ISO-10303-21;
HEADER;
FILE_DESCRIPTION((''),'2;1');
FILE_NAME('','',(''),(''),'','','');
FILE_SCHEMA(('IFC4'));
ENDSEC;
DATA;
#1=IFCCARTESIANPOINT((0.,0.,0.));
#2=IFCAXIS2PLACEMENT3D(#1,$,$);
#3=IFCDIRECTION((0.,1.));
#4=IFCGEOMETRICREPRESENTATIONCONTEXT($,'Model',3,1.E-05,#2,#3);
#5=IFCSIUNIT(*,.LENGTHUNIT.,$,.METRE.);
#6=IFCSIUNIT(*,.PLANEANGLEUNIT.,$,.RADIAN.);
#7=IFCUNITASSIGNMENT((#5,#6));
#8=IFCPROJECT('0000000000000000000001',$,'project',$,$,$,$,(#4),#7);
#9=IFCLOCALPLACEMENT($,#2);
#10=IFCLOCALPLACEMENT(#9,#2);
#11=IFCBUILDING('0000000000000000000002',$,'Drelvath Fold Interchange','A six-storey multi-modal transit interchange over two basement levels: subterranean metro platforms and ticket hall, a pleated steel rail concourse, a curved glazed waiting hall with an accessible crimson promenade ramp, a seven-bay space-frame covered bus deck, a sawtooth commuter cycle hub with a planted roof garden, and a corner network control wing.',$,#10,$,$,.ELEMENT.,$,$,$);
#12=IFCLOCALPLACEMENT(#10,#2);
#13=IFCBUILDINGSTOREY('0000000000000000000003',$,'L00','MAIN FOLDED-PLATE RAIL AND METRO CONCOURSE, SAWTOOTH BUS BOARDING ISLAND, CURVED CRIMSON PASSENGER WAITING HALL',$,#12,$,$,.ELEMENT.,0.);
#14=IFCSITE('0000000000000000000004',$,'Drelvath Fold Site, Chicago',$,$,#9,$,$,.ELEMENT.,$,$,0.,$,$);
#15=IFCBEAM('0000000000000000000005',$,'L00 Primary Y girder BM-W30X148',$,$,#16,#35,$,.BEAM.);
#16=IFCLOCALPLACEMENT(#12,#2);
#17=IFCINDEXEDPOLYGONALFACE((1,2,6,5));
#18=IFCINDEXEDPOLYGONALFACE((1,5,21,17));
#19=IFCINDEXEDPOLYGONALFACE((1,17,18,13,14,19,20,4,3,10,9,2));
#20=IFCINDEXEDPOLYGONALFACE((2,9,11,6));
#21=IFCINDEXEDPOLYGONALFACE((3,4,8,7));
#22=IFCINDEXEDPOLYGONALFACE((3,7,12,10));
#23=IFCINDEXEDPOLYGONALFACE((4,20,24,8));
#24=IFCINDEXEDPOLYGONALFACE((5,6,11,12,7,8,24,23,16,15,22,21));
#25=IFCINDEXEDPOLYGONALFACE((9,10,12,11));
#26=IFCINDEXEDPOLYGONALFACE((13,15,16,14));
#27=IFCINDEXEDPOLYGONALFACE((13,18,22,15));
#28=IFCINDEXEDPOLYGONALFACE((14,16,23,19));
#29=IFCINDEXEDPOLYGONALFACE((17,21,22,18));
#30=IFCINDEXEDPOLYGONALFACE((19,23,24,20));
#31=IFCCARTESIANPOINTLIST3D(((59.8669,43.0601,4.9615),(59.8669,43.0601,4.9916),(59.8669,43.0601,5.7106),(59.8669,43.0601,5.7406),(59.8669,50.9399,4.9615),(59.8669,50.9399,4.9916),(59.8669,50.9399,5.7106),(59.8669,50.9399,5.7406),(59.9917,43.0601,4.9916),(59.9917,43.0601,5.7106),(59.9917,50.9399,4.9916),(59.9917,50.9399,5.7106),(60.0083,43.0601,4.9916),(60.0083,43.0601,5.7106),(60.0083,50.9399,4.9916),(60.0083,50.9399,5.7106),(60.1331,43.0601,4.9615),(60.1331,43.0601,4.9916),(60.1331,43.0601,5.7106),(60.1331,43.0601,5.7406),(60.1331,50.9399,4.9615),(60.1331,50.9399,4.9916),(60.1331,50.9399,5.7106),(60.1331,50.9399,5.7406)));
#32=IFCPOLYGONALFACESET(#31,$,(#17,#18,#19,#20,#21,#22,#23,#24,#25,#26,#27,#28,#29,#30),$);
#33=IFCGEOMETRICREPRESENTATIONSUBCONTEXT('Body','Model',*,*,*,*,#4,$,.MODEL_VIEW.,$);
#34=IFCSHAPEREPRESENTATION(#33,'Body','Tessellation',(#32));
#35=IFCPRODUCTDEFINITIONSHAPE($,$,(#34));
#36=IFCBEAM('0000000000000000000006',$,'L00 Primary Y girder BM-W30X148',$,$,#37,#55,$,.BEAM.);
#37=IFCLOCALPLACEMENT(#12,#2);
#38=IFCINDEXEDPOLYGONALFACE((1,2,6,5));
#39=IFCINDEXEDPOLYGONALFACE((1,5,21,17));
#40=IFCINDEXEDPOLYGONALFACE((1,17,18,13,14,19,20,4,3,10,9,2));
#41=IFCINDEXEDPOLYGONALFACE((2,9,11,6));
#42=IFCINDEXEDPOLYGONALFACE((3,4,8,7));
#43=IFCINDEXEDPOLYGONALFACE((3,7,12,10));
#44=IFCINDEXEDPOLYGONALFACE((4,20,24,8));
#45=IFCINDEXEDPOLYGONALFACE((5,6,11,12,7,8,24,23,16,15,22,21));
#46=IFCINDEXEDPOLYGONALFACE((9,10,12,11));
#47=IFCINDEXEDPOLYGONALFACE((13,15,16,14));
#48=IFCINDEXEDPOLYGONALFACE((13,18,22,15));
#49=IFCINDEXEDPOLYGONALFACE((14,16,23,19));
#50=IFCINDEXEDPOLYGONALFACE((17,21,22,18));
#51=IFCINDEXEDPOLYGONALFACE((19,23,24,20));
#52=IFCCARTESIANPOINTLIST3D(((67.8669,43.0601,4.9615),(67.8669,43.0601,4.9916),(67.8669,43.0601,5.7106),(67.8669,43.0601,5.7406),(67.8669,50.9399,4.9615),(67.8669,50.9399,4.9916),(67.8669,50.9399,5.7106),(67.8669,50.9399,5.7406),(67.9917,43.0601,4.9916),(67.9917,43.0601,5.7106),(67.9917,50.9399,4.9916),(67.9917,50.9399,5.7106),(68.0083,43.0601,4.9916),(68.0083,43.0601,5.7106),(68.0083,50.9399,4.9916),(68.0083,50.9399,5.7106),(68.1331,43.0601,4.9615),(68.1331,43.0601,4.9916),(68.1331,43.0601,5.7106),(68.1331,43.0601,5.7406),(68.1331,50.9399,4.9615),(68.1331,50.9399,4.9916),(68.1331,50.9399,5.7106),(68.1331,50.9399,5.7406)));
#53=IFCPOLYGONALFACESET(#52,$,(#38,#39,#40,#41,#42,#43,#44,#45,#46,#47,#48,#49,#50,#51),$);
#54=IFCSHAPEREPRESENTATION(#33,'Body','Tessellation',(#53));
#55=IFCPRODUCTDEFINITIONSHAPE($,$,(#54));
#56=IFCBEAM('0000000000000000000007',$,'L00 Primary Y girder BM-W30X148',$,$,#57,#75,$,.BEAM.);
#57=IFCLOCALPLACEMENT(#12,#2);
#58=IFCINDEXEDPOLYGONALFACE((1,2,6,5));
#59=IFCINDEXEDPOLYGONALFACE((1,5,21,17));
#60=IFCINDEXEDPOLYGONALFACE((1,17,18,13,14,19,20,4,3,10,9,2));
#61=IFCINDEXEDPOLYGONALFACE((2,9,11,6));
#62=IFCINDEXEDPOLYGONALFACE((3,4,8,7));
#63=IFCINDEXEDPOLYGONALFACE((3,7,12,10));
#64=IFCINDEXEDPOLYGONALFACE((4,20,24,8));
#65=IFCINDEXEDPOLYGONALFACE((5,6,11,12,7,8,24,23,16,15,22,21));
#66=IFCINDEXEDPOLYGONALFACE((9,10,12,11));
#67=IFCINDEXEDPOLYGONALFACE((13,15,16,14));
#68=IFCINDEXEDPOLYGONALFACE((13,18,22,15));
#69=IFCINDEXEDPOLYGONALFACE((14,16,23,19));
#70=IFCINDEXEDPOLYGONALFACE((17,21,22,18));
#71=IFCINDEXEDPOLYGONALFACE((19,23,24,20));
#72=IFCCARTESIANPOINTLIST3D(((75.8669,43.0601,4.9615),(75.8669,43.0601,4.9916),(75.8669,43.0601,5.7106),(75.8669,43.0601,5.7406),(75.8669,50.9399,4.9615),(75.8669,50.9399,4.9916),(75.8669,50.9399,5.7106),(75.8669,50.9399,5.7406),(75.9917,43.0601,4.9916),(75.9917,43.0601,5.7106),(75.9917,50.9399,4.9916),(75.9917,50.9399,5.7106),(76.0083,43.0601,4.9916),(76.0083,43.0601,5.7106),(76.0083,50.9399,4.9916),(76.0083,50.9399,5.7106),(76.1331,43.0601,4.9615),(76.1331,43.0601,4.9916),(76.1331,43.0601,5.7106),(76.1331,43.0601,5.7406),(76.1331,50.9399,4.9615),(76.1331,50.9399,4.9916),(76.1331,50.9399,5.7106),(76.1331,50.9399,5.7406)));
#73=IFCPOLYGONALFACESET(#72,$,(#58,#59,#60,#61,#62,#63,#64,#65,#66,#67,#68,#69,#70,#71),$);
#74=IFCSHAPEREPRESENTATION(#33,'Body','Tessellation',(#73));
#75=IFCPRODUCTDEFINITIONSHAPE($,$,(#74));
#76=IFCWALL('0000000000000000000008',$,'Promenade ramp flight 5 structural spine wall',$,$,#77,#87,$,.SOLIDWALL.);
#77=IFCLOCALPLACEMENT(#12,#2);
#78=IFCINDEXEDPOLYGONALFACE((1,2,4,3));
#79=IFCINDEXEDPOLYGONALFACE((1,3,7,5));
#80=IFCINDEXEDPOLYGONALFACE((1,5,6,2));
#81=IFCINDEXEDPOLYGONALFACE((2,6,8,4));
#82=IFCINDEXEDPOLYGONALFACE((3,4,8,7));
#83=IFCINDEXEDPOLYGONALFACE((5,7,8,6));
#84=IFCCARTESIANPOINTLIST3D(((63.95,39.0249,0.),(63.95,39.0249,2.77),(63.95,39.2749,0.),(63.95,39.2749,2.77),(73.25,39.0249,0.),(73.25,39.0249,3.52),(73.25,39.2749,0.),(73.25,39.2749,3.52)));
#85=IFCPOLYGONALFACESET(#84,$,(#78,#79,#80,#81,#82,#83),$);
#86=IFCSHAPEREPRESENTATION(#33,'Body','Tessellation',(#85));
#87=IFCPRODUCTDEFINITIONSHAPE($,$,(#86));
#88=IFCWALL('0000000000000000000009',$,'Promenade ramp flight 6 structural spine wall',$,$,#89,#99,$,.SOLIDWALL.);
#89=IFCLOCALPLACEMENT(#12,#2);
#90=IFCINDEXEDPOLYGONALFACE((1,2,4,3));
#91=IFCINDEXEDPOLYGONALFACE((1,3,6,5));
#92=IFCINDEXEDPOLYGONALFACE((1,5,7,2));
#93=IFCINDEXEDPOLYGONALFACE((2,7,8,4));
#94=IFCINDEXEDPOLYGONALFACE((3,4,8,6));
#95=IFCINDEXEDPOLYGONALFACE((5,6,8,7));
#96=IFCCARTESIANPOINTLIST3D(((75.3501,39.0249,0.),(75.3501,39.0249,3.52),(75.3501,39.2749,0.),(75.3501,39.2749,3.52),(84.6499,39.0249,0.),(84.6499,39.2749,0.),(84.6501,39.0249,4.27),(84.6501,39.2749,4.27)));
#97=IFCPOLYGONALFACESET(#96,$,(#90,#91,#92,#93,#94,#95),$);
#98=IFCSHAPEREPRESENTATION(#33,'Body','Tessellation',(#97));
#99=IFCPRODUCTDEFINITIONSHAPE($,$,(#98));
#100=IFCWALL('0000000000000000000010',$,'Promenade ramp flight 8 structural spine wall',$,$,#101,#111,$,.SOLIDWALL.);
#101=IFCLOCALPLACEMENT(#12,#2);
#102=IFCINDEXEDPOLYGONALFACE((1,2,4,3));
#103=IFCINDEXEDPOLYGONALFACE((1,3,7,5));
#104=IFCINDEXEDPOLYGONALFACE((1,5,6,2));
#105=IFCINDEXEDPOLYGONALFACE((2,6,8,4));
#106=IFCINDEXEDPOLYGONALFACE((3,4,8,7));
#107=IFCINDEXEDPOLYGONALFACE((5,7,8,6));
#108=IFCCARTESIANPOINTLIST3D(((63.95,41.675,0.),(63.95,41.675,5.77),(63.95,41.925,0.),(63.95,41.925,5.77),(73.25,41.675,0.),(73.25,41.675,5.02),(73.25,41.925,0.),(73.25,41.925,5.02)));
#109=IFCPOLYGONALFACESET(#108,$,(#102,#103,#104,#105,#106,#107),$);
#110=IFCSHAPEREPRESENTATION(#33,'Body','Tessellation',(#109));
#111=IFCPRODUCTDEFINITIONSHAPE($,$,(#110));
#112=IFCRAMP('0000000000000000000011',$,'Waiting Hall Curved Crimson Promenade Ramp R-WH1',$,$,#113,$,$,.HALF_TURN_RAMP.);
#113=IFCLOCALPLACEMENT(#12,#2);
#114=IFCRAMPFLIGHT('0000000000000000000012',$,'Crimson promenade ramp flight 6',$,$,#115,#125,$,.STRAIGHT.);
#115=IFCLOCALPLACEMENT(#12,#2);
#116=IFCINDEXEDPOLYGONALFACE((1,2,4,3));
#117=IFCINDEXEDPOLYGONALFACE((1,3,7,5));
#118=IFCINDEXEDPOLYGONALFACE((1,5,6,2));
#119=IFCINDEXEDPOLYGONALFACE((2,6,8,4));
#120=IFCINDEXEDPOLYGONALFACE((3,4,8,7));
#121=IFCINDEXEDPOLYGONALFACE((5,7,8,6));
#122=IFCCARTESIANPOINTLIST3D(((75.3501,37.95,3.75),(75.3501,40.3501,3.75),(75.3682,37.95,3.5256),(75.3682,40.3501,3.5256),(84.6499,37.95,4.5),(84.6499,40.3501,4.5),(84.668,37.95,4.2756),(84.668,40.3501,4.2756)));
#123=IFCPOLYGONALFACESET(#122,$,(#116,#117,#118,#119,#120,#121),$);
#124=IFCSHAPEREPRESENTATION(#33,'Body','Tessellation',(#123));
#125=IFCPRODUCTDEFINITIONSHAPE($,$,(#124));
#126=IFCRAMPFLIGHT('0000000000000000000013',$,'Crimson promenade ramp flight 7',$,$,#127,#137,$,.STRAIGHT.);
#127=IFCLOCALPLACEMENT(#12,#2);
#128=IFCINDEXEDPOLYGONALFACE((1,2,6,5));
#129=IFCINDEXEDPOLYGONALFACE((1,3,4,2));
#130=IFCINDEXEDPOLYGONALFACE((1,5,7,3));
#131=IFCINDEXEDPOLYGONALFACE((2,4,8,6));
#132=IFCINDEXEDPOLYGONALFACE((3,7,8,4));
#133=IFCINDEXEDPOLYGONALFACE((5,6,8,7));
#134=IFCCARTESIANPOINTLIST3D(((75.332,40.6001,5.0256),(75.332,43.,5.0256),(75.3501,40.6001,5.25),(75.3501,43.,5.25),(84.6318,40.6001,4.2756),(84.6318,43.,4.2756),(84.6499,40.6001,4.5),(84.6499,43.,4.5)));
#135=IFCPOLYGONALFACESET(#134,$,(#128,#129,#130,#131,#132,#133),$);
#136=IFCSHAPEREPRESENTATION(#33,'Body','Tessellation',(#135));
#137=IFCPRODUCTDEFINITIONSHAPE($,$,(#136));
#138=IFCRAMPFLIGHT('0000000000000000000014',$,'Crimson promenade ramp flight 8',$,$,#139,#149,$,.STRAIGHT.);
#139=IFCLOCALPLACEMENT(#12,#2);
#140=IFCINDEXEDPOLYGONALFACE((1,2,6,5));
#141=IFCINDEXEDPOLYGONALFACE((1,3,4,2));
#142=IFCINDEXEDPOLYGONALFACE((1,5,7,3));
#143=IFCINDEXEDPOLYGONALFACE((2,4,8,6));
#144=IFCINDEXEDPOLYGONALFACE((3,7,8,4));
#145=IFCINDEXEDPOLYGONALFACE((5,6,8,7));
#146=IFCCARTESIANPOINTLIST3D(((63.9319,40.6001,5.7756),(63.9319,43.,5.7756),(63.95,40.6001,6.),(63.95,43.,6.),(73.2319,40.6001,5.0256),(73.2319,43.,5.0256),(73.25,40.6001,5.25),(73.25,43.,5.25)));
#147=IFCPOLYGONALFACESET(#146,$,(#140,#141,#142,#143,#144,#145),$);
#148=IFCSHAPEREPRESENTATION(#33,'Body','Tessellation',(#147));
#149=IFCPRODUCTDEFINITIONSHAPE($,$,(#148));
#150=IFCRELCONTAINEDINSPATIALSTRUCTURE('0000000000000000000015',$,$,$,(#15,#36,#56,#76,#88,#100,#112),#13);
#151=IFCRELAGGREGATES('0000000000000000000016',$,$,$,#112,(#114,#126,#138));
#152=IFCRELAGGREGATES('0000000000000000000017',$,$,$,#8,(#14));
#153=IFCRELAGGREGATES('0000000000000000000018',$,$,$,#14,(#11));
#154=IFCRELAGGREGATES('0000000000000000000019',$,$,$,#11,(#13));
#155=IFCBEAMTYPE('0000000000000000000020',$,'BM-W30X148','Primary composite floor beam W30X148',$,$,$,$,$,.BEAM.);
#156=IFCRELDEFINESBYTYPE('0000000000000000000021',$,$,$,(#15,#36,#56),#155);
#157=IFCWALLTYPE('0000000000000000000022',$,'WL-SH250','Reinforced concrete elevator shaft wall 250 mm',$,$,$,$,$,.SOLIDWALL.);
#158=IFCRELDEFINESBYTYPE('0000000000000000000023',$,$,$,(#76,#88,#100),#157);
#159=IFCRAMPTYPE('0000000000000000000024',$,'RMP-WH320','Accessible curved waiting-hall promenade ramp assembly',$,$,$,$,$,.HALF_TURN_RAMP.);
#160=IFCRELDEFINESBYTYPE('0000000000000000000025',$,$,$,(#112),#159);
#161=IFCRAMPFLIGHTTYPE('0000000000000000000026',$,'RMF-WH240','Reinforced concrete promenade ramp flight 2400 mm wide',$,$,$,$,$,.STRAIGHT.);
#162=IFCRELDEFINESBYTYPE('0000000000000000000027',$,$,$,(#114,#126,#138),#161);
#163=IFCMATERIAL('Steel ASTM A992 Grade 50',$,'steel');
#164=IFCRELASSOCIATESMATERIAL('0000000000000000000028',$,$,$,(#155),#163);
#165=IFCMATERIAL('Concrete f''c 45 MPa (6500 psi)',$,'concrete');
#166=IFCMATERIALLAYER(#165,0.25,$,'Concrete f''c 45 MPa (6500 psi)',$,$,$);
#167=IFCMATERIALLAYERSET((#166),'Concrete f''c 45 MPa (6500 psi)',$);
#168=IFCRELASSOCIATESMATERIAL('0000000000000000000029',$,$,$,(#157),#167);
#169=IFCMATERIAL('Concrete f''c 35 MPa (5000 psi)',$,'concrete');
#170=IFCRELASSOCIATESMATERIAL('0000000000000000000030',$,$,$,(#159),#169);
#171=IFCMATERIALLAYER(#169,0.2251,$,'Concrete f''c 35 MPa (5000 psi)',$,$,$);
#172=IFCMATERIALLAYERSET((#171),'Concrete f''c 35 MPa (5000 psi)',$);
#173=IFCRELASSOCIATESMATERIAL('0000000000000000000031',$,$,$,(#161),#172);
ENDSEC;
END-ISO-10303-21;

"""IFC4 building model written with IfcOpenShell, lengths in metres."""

from ifc_helpers import new_model, si_unit, direction, frame, origin, origin_2d, place, context, subcontext, project, spatial, polyline, i_section, outline, extrude, material, layer, layer_set, material_profile, profile_set, type_object, element, aggregate, save


model = new_model("IFC4")

# Units and contexts
model_context = context("Model", 3, precision=1e-05, world=origin(), true_north=direction((0.0, 1.0)))
body_context = subcontext(model_context, "Body", "Model", "MODEL_VIEW")
ifc_project = project(units=[si_unit("LENGTHUNIT", "METRE"), si_unit("PLANEANGLEUNIT", "RADIAN")], contexts=[model_context])

# Site, building, storey
site_placement = place(None, origin())
site = spatial("IfcSite", under=ifc_project, at=site_placement, Name="Drelvath Fold Site, Chicago", CompositionType="ELEMENT", RefElevation=0.0)
building_placement = place(site_placement, origin())
building = spatial("IfcBuilding", under=site, at=building_placement, Name="Drelvath Fold Interchange", Description="A six-storey multi-modal transit interchange over two basement levels: subterranean metro platforms and ticket hall, a pleated steel rail concourse, a curved glazed waiting hall with an accessible crimson promenade ramp, a seven-bay space-frame covered bus deck, a sawtooth commuter cycle hub with a planted roof garden, and a corner network control wing.", CompositionType="ELEMENT")
storey_placement = place(building_placement, origin())
storey = spatial("IfcBuildingStorey", under=building, at=storey_placement, Name="L00", Description="MAIN FOLDED-PLATE RAIL AND METRO CONCOURSE, SAWTOOTH BUS BOARDING ISLAND, CURVED CRIMSON PASSENGER WAITING HALL", CompositionType="ELEMENT", Elevation=0.0)

# Shared definitions
ifc_material_1 = material(Name="Steel ASTM A992 Grade 50", Category="steel")

# Beams
ifc_material_profile_1 = material_profile(ifc_material_1, i_section(OverallWidth=0.2661, OverallDepth=0.7791, WebThickness=0.0166, FlangeThickness=0.03, at=origin_2d()), Name="W30X148")
ifc_profile_set_1 = profile_set([ifc_material_profile_1], Name="Steel ASTM A992 Grade 50")
beam_type_1 = type_object("IfcBeamType", Name="BM-W30X148", Description="Primary composite floor beam W30X148", PredefinedType="BEAM", material=ifc_profile_set_1)
for number, where, z_axis, x_axis, name in (
    (1, (60.0, 43.0601, 5.3511), (0.0, 1.0, 0.0), (-1.0, 0.0, 0.0), "L00 Primary Y girder BM-W30X148"),
    (2, (68.0, 43.0601, 5.3511), (0.0, 1.0, 0.0), (-1.0, 0.0, 0.0), "L00 Primary Y girder BM-W30X148"),
    (3, (76.0, 43.0601, 5.3511), (0.0, 1.0, 0.0), (-1.0, 0.0, 0.0), "L00 Primary Y girder BM-W30X148"),
):
    element("IfcBeam", number, at=place(storey_placement, frame(where, z_axis=z_axis, x_axis=x_axis)), inside=storey, type_object=beam_type_1, Name=name, PredefinedType="BEAM", context=body_context, shape_type="SweptSolid", body=[
        extrude(i_section(OverallWidth=0.2661, OverallDepth=0.7791, WebThickness=0.0166, FlangeThickness=0.03, at=origin_2d()), origin(), (0.0, 0.0, 1.0), 7.8799),
    ])

# Walls
ifc_material_2 = material(Name="Concrete f'c 45 MPa (6500 psi)", Category="concrete")
ifc_layer_1 = layer(ifc_material_2, 0.25, Name="Concrete f'c 45 MPa (6500 psi)")
ifc_layer_set_1 = layer_set([ifc_layer_1], Name="Concrete f'c 45 MPa (6500 psi)")
wall_type = type_object("IfcWallType", Name="WL-SH250", Description="Reinforced concrete elevator shaft wall 250 mm", PredefinedType="SOLIDWALL", material=ifc_layer_set_1)
wall_1_placement = place(storey_placement, frame((63.95, 39.1499, 0.0), z_axis=(0.0, 0.0, 1.0), x_axis=(1.0, 0.0, 0.0)))
element("IfcWall", 4, at=wall_1_placement, inside=storey, type_object=wall_type, Name="Promenade ramp flight 5 structural spine wall", PredefinedType="SOLIDWALL", context=body_context, shape_type="SweptSolid", body=[
    extrude(outline(polyline([(0.0, 0.0), (9.3, 0.0), (9.3, 3.52), (0.0, 2.77), (0.0, 0.0)])), frame((0.0, 0.125, 0.0), z_axis=(0.0, -1.0, 0.0), x_axis=(1.0, 0.0, 0.0)), (0.0, 0.0, 1.0), 0.25),
])
wall_2_placement = place(storey_placement, frame((75.3501, 39.1499, 0.0), z_axis=(0.0, 0.0, 1.0), x_axis=(1.0, 0.0, 0.0)))
element("IfcWall", 5, at=wall_2_placement, inside=storey, type_object=wall_type, Name="Promenade ramp flight 6 structural spine wall", PredefinedType="SOLIDWALL", context=body_context, shape_type="SweptSolid", body=[
    extrude(outline(polyline([(0.0, 0.0), (9.2998, 0.0), (9.3, 4.27), (0.0, 3.52), (0.0, 0.0)])), frame((0.0, 0.125, 0.0), z_axis=(0.0, -1.0, 0.0), x_axis=(1.0, 0.0, 0.0)), (0.0, 0.0, 1.0), 0.25),
])
wall_3_placement = place(storey_placement, frame((73.25, 41.8, 0.0), z_axis=(0.0, 0.0, 1.0), x_axis=(-1.0, 0.0, 0.0)))
element("IfcWall", 6, at=wall_3_placement, inside=storey, type_object=wall_type, Name="Promenade ramp flight 8 structural spine wall", PredefinedType="SOLIDWALL", context=body_context, shape_type="SweptSolid", body=[
    extrude(outline(polyline([(0.0, 0.0), (9.3, 0.0), (9.3, 5.77), (0.0, 5.02), (0.0, 0.0)])), frame((0.0, 0.125, 0.0), z_axis=(0.0, -1.0, 0.0), x_axis=(1.0, 0.0, 0.0)), (0.0, 0.0, 1.0), 0.25),
])

# Ramp, ramp flights
ifc_material_3 = material(Name="Concrete f'c 35 MPa (5000 psi)", Category="concrete")
ramp_type = type_object("IfcRampType", Name="RMP-WH320", Description="Accessible curved waiting-hall promenade ramp assembly", PredefinedType="HALF_TURN_RAMP", material=ifc_material_3)
ramp_placement = place(storey_placement, origin())
ramp = element("IfcRamp", 7, at=ramp_placement, inside=storey, type_object=ramp_type, Name="Waiting Hall Curved Crimson Promenade Ramp R-WH1", PredefinedType="HALF_TURN_RAMP")
ifc_layer_2 = layer(ifc_material_3, 0.2251, Name="Concrete f'c 35 MPa (5000 psi)")
ifc_layer_set_2 = layer_set([ifc_layer_2], Name="Concrete f'c 35 MPa (5000 psi)")
ramp_flight_type = type_object("IfcRampFlightType", Name="RMF-WH240", Description="Reinforced concrete promenade ramp flight 2400 mm wide", PredefinedType="STRAIGHT", material=ifc_layer_set_2)
ramp_flight_1_placement = place(storey_placement, frame((75.3501, 37.95, 3.75), z_axis=(-0.080386, 0.0, 0.996764), x_axis=(0.996764, 0.0, 0.080386)))
ramp_flight_1 = element("IfcRampFlight", 8, at=ramp_flight_1_placement, type_object=ramp_flight_type, Name="Crimson promenade ramp flight 6", PredefinedType="STRAIGHT", context=body_context, shape_type="SweptSolid", body=[
    extrude(outline(polyline([(0.0, 0.0), (9.33, 0.0), (9.33, 2.4001), (0.0, 2.4001), (0.0, 0.0)])), origin(), (0.0, 0.0, -1.0), 0.2251),
])
ramp_flight_2_placement = place(storey_placement, frame((75.3501, 40.6001, 5.25), z_axis=(0.080386, 0.0, 0.996764), x_axis=(0.996764, 0.0, -0.080386)))
ramp_flight_2 = element("IfcRampFlight", 9, at=ramp_flight_2_placement, type_object=ramp_flight_type, Name="Crimson promenade ramp flight 7", PredefinedType="STRAIGHT", context=body_context, shape_type="SweptSolid", body=[
    extrude(outline(polyline([(0.0, 0.0), (9.33, 0.0), (9.33, 2.3999), (0.0, 2.3999), (0.0, 0.0)])), origin(), (0.0, 0.0, -1.0), 0.2251),
])
ramp_flight_3_placement = place(storey_placement, frame((63.95, 40.6001, 6.0), z_axis=(0.080384, 0.0, 0.996764), x_axis=(0.996764, 0.0, -0.080384)))
ramp_flight_3 = element("IfcRampFlight", 10, at=ramp_flight_3_placement, type_object=ramp_flight_type, Name="Crimson promenade ramp flight 8", PredefinedType="STRAIGHT", context=body_context, shape_type="SweptSolid", body=[
    extrude(outline(polyline([(0.0, 0.0), (9.3302, 0.0), (9.3302, 2.3999), (0.0, 2.3999), (0.0, 0.0)])), origin(), (0.0, 0.0, -1.0), 0.2251),
])
aggregate(ramp, [ramp_flight_1, ramp_flight_2, ramp_flight_3])

save(model, "model.ifc")
